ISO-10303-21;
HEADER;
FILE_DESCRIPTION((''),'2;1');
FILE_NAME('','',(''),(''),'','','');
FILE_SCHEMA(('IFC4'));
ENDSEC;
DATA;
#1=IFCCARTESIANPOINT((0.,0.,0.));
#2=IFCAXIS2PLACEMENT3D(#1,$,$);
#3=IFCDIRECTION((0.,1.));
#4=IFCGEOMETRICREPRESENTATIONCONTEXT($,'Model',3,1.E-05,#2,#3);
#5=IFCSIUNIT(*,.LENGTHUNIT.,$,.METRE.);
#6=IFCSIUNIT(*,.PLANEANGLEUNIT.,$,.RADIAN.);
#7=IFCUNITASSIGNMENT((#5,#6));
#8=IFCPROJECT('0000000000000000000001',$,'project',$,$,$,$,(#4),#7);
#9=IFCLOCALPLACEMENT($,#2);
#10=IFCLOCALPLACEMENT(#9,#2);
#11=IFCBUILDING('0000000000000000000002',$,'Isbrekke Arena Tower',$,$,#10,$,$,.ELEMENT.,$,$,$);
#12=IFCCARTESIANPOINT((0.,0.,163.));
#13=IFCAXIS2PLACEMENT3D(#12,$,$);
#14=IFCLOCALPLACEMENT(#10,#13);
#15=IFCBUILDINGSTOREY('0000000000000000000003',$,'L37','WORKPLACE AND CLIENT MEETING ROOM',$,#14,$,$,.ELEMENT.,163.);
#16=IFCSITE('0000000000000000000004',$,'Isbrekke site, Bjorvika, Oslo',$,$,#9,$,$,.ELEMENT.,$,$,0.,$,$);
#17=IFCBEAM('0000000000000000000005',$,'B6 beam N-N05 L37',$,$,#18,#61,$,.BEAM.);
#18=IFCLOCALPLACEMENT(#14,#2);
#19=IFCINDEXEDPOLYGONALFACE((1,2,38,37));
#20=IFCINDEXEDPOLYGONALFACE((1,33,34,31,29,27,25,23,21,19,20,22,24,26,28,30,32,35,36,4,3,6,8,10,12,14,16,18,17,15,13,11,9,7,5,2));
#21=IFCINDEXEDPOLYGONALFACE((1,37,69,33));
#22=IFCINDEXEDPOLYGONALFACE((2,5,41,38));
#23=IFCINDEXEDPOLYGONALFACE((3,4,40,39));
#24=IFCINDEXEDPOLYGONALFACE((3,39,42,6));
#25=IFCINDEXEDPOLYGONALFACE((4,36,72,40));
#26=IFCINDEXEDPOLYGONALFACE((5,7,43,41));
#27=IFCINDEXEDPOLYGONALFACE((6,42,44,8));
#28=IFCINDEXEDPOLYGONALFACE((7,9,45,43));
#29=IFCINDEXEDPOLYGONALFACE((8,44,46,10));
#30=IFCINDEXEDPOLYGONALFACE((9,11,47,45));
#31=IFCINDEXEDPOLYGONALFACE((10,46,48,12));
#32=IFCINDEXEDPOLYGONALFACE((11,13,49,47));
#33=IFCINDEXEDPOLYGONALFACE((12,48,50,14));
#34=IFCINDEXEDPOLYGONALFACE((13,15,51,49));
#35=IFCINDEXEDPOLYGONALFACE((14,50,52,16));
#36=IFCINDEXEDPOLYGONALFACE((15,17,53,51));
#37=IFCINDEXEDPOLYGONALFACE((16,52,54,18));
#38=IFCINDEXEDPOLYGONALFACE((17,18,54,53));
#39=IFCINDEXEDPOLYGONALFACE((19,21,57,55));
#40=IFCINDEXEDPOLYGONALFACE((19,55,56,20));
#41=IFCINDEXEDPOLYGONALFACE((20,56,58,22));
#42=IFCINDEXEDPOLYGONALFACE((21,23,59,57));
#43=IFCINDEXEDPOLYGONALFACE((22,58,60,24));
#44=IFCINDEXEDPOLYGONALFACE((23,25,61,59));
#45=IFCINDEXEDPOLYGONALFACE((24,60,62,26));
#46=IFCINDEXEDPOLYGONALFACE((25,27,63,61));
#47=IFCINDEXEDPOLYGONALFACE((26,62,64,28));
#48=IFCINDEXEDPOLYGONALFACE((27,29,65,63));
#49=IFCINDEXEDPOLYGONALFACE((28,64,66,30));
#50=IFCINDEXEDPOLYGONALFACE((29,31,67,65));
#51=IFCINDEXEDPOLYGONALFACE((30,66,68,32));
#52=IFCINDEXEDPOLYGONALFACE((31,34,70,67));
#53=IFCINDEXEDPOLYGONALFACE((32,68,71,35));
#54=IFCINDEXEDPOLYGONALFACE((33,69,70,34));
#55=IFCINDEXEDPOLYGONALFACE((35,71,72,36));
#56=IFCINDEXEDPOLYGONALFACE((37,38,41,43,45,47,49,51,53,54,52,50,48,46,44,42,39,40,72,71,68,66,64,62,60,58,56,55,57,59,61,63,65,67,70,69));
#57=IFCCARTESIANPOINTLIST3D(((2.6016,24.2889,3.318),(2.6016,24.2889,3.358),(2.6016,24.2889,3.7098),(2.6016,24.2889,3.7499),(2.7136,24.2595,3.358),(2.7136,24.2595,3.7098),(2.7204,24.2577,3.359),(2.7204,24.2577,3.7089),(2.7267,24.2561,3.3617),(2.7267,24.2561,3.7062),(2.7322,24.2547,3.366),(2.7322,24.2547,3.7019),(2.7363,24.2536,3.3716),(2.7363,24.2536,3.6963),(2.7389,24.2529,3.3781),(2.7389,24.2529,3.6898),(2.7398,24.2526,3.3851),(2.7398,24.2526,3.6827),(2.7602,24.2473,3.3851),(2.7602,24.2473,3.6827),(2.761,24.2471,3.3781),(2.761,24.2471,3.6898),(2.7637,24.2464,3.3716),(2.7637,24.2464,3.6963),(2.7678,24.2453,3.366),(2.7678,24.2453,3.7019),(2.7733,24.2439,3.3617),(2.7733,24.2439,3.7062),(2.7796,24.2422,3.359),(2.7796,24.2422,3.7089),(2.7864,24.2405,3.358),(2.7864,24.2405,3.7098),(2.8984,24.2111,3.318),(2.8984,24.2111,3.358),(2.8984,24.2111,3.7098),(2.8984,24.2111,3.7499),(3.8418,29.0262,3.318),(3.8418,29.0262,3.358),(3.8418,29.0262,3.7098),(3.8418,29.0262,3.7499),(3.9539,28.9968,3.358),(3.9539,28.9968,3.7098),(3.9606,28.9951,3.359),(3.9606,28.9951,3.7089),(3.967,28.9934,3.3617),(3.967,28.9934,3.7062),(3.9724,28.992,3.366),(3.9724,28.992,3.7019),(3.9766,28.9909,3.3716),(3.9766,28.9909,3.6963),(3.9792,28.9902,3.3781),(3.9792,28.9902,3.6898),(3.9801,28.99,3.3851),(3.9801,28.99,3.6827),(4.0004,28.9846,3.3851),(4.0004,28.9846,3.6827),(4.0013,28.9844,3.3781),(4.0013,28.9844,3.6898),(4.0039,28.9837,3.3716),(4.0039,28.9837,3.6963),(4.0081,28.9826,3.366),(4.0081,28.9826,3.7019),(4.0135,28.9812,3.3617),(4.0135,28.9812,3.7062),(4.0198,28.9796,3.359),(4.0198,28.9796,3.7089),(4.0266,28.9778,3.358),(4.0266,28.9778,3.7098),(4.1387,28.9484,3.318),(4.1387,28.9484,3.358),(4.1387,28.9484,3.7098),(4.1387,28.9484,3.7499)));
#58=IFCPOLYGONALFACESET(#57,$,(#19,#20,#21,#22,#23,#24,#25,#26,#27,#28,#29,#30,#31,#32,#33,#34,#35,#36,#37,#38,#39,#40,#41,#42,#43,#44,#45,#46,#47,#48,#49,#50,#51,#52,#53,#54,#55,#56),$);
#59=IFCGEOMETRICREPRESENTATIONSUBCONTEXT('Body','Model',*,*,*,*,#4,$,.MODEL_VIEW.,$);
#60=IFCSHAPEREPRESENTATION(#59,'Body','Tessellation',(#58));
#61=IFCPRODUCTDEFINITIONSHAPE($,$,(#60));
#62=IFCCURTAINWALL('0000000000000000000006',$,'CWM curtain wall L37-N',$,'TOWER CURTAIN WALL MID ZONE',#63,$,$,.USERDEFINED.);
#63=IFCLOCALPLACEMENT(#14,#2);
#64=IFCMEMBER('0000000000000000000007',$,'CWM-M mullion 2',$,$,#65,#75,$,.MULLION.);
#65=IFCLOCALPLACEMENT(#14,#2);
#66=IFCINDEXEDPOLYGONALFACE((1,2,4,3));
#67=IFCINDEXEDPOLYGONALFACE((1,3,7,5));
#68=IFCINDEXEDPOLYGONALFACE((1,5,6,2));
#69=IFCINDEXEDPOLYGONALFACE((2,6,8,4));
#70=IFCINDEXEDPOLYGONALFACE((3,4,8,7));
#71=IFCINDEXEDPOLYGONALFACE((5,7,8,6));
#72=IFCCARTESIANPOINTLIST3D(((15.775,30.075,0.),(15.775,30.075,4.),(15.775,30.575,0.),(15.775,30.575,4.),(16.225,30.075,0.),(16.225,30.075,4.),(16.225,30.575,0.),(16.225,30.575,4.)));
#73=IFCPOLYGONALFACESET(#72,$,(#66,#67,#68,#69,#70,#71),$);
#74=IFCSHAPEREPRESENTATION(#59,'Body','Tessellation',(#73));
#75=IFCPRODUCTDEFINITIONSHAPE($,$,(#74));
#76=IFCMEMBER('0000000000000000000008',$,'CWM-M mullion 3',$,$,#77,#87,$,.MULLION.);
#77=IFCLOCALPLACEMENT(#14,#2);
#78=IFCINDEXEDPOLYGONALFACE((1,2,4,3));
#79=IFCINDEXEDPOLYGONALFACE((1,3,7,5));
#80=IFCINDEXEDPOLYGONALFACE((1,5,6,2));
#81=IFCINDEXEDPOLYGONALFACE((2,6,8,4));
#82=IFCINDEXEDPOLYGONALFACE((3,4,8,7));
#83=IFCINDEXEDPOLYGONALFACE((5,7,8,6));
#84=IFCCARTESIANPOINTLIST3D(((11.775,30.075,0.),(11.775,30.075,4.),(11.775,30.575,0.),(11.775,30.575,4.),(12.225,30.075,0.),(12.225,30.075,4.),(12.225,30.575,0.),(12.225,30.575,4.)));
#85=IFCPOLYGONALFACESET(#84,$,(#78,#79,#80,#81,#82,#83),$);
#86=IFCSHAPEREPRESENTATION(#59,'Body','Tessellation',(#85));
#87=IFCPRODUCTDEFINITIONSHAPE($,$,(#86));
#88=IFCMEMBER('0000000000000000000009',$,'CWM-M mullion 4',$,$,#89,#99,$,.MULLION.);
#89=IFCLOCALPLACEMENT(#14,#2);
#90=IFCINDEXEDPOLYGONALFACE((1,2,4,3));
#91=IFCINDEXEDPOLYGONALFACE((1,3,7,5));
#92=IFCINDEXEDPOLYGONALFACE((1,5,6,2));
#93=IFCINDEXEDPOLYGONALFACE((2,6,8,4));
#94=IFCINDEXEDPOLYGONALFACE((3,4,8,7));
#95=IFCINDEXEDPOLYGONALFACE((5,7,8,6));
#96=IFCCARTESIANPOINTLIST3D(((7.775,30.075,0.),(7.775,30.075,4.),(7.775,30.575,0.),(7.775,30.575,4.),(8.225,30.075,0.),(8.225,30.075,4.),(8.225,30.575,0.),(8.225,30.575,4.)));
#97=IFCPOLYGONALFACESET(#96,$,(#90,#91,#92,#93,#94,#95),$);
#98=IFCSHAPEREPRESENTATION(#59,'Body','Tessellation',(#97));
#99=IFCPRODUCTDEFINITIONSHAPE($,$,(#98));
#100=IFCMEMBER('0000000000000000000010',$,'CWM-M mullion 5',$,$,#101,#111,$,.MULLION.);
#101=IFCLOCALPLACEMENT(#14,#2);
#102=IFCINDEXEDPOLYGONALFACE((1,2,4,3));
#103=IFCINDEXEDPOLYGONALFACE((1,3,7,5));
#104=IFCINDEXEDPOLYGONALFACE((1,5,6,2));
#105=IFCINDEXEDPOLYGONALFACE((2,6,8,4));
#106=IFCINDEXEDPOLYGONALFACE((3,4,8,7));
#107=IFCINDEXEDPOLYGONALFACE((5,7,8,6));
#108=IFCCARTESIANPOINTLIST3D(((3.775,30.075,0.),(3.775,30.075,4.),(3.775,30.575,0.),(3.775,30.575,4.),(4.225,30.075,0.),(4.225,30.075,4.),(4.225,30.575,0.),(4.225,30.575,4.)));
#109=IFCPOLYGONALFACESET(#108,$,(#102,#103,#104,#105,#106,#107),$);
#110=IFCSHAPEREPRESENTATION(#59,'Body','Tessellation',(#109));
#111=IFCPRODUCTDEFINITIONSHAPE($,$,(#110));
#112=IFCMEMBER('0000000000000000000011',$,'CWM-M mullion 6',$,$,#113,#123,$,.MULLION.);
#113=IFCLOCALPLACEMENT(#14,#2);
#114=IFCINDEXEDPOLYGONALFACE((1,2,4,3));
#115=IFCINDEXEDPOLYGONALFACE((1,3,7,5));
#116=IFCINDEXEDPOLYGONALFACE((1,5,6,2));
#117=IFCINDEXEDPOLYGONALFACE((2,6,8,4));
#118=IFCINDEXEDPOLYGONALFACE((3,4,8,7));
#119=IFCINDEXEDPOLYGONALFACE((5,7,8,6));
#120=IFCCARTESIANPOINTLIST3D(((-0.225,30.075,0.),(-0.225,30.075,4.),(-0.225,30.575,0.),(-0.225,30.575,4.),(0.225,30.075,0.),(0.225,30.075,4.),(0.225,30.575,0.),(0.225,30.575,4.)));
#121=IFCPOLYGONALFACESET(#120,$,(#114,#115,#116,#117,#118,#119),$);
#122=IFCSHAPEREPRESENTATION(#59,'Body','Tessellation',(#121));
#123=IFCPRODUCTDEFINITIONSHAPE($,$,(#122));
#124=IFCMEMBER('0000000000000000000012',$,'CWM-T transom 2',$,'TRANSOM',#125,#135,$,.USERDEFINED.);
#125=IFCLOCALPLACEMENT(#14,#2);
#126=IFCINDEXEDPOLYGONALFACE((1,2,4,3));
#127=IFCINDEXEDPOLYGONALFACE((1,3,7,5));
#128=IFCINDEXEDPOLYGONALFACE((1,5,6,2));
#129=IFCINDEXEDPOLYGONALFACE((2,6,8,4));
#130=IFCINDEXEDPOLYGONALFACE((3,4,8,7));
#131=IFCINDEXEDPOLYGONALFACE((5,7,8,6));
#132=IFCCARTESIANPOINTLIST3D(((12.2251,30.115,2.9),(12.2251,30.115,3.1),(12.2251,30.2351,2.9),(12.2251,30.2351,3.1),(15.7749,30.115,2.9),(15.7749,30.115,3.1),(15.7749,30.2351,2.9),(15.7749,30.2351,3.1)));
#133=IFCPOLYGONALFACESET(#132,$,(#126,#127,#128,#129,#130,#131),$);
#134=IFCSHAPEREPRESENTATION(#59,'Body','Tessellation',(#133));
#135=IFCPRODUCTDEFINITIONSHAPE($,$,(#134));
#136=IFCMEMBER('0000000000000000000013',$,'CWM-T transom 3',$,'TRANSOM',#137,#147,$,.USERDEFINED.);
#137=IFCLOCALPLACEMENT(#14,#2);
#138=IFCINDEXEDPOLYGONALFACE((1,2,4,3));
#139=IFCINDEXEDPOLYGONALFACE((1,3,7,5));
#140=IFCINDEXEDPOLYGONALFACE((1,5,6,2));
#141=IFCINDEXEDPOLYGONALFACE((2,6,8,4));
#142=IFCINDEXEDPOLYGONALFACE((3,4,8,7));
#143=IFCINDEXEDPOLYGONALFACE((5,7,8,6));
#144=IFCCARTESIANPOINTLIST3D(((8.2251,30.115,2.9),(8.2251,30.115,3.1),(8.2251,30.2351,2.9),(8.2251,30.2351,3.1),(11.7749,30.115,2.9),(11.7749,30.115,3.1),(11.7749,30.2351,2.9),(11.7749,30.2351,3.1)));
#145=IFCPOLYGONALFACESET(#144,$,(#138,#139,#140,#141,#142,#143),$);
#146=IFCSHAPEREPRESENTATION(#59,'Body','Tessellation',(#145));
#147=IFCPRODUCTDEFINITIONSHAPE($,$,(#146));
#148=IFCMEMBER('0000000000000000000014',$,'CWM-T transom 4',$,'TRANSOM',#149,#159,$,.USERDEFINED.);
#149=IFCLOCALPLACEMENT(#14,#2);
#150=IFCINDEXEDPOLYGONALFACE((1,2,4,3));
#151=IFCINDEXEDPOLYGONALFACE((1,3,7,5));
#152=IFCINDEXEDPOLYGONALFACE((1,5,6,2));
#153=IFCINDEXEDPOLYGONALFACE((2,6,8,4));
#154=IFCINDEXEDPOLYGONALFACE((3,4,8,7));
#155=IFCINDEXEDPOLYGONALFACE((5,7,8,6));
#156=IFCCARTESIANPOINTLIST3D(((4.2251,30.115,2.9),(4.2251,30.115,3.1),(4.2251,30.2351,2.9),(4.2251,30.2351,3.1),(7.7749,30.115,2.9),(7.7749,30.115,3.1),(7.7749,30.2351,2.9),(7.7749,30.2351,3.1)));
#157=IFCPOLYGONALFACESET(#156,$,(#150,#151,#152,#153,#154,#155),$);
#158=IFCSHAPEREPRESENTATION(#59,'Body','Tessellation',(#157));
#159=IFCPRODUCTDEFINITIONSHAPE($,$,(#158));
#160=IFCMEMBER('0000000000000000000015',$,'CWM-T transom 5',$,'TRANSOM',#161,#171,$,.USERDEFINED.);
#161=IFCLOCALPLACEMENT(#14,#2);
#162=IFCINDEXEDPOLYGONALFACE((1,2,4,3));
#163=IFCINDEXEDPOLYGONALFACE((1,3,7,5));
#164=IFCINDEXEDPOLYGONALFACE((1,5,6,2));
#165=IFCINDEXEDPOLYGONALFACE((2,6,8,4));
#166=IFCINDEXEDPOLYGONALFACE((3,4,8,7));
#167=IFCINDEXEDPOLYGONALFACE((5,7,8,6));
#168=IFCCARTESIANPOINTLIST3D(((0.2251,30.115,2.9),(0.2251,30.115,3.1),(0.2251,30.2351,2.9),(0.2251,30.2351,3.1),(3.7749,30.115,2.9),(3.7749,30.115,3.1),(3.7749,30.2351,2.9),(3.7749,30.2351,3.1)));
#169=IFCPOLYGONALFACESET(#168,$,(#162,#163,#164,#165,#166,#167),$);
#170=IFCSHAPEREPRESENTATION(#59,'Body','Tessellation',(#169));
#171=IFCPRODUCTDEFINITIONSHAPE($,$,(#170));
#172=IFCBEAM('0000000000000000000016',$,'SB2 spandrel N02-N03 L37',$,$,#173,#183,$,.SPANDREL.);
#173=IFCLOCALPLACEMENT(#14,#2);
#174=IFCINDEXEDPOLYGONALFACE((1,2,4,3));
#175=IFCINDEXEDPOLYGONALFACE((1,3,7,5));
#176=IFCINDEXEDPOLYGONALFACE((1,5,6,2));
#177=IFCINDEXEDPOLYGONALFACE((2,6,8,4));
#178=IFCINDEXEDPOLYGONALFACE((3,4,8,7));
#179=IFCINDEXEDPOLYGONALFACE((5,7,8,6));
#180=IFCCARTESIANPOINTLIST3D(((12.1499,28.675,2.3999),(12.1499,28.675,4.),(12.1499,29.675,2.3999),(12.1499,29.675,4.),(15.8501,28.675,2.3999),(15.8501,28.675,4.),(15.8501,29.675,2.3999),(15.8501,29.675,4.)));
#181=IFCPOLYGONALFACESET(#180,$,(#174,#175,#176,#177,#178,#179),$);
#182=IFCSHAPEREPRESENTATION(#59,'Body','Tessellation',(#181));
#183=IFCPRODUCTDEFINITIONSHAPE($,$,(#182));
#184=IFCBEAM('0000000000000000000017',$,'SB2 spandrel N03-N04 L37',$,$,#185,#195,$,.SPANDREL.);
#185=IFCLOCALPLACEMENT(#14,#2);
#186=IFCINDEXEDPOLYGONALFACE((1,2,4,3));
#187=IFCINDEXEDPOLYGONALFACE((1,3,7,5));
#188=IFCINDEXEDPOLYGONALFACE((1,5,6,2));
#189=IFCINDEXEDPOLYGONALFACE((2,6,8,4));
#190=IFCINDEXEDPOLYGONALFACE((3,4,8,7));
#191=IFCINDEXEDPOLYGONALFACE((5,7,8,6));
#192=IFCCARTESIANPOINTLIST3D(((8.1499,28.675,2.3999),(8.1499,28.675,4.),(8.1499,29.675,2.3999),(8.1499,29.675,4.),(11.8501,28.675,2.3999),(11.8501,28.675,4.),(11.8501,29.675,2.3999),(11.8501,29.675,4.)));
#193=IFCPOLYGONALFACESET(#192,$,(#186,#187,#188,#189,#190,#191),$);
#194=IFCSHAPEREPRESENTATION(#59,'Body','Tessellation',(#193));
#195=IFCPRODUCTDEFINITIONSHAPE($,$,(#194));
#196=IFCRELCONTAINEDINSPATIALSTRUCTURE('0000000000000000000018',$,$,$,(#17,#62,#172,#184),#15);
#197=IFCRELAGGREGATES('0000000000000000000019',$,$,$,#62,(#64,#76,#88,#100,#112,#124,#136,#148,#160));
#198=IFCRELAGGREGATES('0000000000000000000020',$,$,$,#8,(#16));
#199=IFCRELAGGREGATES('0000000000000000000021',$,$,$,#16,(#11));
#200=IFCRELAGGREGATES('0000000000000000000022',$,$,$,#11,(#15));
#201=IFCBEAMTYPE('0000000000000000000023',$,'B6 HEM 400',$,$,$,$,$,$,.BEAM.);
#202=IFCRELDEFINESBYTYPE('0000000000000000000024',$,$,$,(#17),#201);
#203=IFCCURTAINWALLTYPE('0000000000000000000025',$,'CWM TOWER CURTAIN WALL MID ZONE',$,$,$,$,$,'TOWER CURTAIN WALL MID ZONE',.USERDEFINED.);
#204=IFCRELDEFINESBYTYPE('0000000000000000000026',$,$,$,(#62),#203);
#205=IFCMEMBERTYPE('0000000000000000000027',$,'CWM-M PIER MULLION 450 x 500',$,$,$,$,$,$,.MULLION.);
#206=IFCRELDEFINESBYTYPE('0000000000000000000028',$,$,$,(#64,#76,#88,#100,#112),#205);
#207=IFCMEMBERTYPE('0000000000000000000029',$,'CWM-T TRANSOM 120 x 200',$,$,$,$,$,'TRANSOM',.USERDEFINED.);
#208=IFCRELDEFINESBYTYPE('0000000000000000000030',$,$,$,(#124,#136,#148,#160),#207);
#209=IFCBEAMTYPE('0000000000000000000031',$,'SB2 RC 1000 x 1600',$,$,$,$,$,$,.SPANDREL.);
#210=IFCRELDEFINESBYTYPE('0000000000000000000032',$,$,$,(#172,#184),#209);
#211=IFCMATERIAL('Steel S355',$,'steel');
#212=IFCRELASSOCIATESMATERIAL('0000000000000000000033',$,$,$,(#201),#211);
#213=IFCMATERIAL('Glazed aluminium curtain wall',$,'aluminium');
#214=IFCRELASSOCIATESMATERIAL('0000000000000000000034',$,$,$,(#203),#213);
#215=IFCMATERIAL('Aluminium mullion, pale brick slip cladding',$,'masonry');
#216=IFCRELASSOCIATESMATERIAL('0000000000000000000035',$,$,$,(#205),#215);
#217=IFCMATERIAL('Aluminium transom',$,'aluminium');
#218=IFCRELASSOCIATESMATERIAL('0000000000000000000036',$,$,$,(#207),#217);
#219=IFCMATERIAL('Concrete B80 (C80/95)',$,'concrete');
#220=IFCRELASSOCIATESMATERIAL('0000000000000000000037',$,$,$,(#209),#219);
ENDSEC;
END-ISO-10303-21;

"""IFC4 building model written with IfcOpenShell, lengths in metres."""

from ifc_helpers import new_model, si_unit, direction, frame, origin, origin_2d, place, context, subcontext, project, spatial, rectangle, i_section, extrude, material, material_profile, profile_set, type_object, element, aggregate, save


model = new_model("IFC4")

# Units and contexts
model_context = context("Model", 3, precision=1e-05, world=origin(), true_north=direction((0.0, 1.0)))
body_context = subcontext(model_context, "Body", "Model", "MODEL_VIEW")
ifc_project = project(units=[si_unit("LENGTHUNIT", "METRE"), si_unit("PLANEANGLEUNIT", "RADIAN")], contexts=[model_context])

# Site, building, storey
site_placement = place(None, origin())
site = spatial("IfcSite", under=ifc_project, at=site_placement, Name="Isbrekke site, Bjorvika, Oslo", CompositionType="ELEMENT", RefElevation=0.0)
building_placement = place(site_placement, origin())
building = spatial("IfcBuilding", under=site, at=building_placement, Name="Isbrekke Arena Tower", CompositionType="ELEMENT")
storey_placement = place(building_placement, frame((0.0, 0.0, 163.0)))
storey = spatial("IfcBuildingStorey", under=building, at=storey_placement, Name="L37", Description="WORKPLACE AND CLIENT MEETING ROOM", CompositionType="ELEMENT", Elevation=163.0)

# Beam
ifc_material_1 = material(Name="Steel S355", Category="steel")
ifc_material_profile_1 = material_profile(ifc_material_1, i_section(OverallWidth=0.3069, OverallDepth=0.4319, WebThickness=0.021, FlangeThickness=0.04, FilletRadius=0.0271, at=origin_2d()), Name="HEM 400")
ifc_profile_set_1 = profile_set([ifc_material_profile_1], Name="Steel S355")
beam_type_1 = type_object("IfcBeamType", Name="B6 HEM 400", PredefinedType="BEAM", material=ifc_profile_set_1)
beam_1_placement = place(storey_placement, frame((3.9902, 28.9873, 3.5339), z_axis=(-0.253266, -0.967397, 0.0), x_axis=(0.967397, -0.253266, 0.0)))
element("IfcBeam", 1, at=beam_1_placement, inside=storey, type_object=beam_type_1, Name="B6 beam N-N05 L37", PredefinedType="BEAM", context=body_context, shape_type="SweptSolid", body=[
    extrude(i_section(OverallWidth=0.3069, OverallDepth=0.4319, WebThickness=0.021, FlangeThickness=0.04, FilletRadius=0.0271, at=origin_2d()), origin(), (0.0, 0.0, 1.0), 4.897),
])

# Curtain wall, members
ifc_material_2 = material(Name="Glazed aluminium curtain wall", Category="aluminium")
curtain_wall_type = type_object("IfcCurtainWallType", Name="CWM TOWER CURTAIN WALL MID ZONE", ElementType="TOWER CURTAIN WALL MID ZONE", PredefinedType="USERDEFINED", material=ifc_material_2)
curtain_wall_placement = place(storey_placement, origin())
curtain_wall = element("IfcCurtainWall", 2, at=curtain_wall_placement, inside=storey, type_object=curtain_wall_type, Name="CWM curtain wall L37-N", ObjectType="TOWER CURTAIN WALL MID ZONE", PredefinedType="USERDEFINED")
ifc_material_3 = material(Name="Aluminium mullion, pale brick slip cladding", Category="masonry")
ifc_material_profile_2 = material_profile(ifc_material_3, rectangle(XDim=0.45, YDim=0.5, at=origin_2d()), Name="PIER 450X500")
ifc_profile_set_2 = profile_set([ifc_material_profile_2], Name="Aluminium mullion, pale brick slip cladding")
member_type_1 = type_object("IfcMemberType", Name="CWM-M PIER MULLION 450 x 500", PredefinedType="MULLION", material=ifc_profile_set_2)
member_1_placement = place(storey_placement, frame((16.0, 30.325, 0.0), z_axis=(0.0, 0.0, 1.0), x_axis=(-1.0, 0.0, 0.0)))
member_1 = element("IfcMember", 3, at=member_1_placement, type_object=member_type_1, Name="CWM-M mullion 2", PredefinedType="MULLION", context=body_context, shape_type="SweptSolid", body=[
    extrude(rectangle(XDim=0.45, YDim=0.5, at=origin_2d()), origin(), (0.0, 0.0, 1.0), 4.0),
])
member_2_placement = place(storey_placement, frame((12.0, 30.325, 0.0), z_axis=(0.0, 0.0, 1.0), x_axis=(-1.0, 0.0, 0.0)))
member_2 = element("IfcMember", 4, at=member_2_placement, type_object=member_type_1, Name="CWM-M mullion 3", PredefinedType="MULLION", context=body_context, shape_type="SweptSolid", body=[
    extrude(rectangle(XDim=0.45, YDim=0.5, at=origin_2d()), origin(), (0.0, 0.0, 1.0), 4.0),
])
member_3_placement = place(storey_placement, frame((8.0, 30.325, 0.0), z_axis=(0.0, 0.0, 1.0), x_axis=(-1.0, 0.0, 0.0)))
member_3 = element("IfcMember", 5, at=member_3_placement, type_object=member_type_1, Name="CWM-M mullion 4", PredefinedType="MULLION", context=body_context, shape_type="SweptSolid", body=[
    extrude(rectangle(XDim=0.45, YDim=0.5, at=origin_2d()), origin(), (0.0, 0.0, 1.0), 4.0),
])
member_4_placement = place(storey_placement, frame((4.0, 30.325, 0.0), z_axis=(0.0, 0.0, 1.0), x_axis=(-1.0, 0.0, 0.0)))
member_4 = element("IfcMember", 6, at=member_4_placement, type_object=member_type_1, Name="CWM-M mullion 5", PredefinedType="MULLION", context=body_context, shape_type="SweptSolid", body=[
    extrude(rectangle(XDim=0.45, YDim=0.5, at=origin_2d()), origin(), (0.0, 0.0, 1.0), 4.0),
])
member_5_placement = place(storey_placement, frame((0.0, 30.325, 0.0), z_axis=(0.0, 0.0, 1.0), x_axis=(-1.0, 0.0, 0.0)))
member_5 = element("IfcMember", 7, at=member_5_placement, type_object=member_type_1, Name="CWM-M mullion 6", PredefinedType="MULLION", context=body_context, shape_type="SweptSolid", body=[
    extrude(rectangle(XDim=0.45, YDim=0.5, at=origin_2d()), origin(), (0.0, 0.0, 1.0), 4.0),
])
ifc_material_4 = material(Name="Aluminium transom", Category="aluminium")
ifc_material_profile_3 = material_profile(ifc_material_4, rectangle(XDim=0.1201, YDim=0.2, at=origin_2d()), Name="TRANSOM 120X200")
ifc_profile_set_3 = profile_set([ifc_material_profile_3], Name="Aluminium transom")
member_type_2 = type_object("IfcMemberType", Name="CWM-T TRANSOM 120 x 200", ElementType="TRANSOM", PredefinedType="USERDEFINED", material=ifc_profile_set_3)
member_6_placement = place(storey_placement, frame((15.7749, 30.175, 3.0), z_axis=(-1.0, 0.0, 0.0), x_axis=(0.0, -1.0, 0.0)))
member_6 = element("IfcMember", 8, at=member_6_placement, type_object=member_type_2, Name="CWM-T transom 2", ObjectType="TRANSOM", PredefinedType="USERDEFINED", context=body_context, shape_type="SweptSolid", body=[
    extrude(rectangle(XDim=0.1201, YDim=0.2, at=origin_2d()), origin(), (0.0, 0.0, 1.0), 3.5498),
])
member_7_placement = place(storey_placement, frame((11.7749, 30.175, 3.0), z_axis=(-1.0, 0.0, 0.0), x_axis=(0.0, -1.0, 0.0)))
member_7 = element("IfcMember", 9, at=member_7_placement, type_object=member_type_2, Name="CWM-T transom 3", ObjectType="TRANSOM", PredefinedType="USERDEFINED", context=body_context, shape_type="SweptSolid", body=[
    extrude(rectangle(XDim=0.1201, YDim=0.2, at=origin_2d()), origin(), (0.0, 0.0, 1.0), 3.5498),
])
member_8_placement = place(storey_placement, frame((7.7749, 30.175, 3.0), z_axis=(-1.0, 0.0, 0.0), x_axis=(0.0, -1.0, 0.0)))
member_8 = element("IfcMember", 10, at=member_8_placement, type_object=member_type_2, Name="CWM-T transom 4", ObjectType="TRANSOM", PredefinedType="USERDEFINED", context=body_context, shape_type="SweptSolid", body=[
    extrude(rectangle(XDim=0.1201, YDim=0.2, at=origin_2d()), origin(), (0.0, 0.0, 1.0), 3.5498),
])
member_9_placement = place(storey_placement, frame((3.7749, 30.175, 3.0), z_axis=(-1.0, 0.0, 0.0), x_axis=(0.0, -1.0, 0.0)))
member_9 = element("IfcMember", 11, at=member_9_placement, type_object=member_type_2, Name="CWM-T transom 5", ObjectType="TRANSOM", PredefinedType="USERDEFINED", context=body_context, shape_type="SweptSolid", body=[
    extrude(rectangle(XDim=0.1201, YDim=0.2, at=origin_2d()), origin(), (0.0, 0.0, 1.0), 3.5498),
])

# Beams
ifc_material_5 = material(Name="Concrete B80 (C80/95)", Category="concrete")
ifc_material_profile_4 = material_profile(ifc_material_5, rectangle(XDim=1.0, YDim=1.6001, at=origin_2d()), Name="RC 1000x1600")
ifc_profile_set_4 = profile_set([ifc_material_profile_4], Name="Concrete B80 (C80/95)")
beam_type_2 = type_object("IfcBeamType", Name="SB2 RC 1000 x 1600", PredefinedType="SPANDREL", material=ifc_profile_set_4)
for number, where, z_axis, x_axis, name in (
    (12, (15.8501, 29.175, 3.2), (-1.0, 0.0, 0.0), (0.0, -1.0, 0.0), "SB2 spandrel N02-N03 L37"),
    (13, (11.8501, 29.175, 3.2), (-1.0, 0.0, 0.0), (0.0, -1.0, 0.0), "SB2 spandrel N03-N04 L37"),
):
    element("IfcBeam", number, at=place(storey_placement, frame(where, z_axis=z_axis, x_axis=x_axis)), inside=storey, type_object=beam_type_2, Name=name, PredefinedType="SPANDREL", context=body_context, shape_type="SweptSolid", body=[
        extrude(rectangle(XDim=1.0, YDim=1.6001, at=origin_2d()), origin(), (0.0, 0.0, 1.0), 3.7002),
    ])

aggregate(curtain_wall, [member_1, member_2, member_3, member_4, member_5, member_6, member_7, member_8, member_9])

save(model, "model.ifc")
